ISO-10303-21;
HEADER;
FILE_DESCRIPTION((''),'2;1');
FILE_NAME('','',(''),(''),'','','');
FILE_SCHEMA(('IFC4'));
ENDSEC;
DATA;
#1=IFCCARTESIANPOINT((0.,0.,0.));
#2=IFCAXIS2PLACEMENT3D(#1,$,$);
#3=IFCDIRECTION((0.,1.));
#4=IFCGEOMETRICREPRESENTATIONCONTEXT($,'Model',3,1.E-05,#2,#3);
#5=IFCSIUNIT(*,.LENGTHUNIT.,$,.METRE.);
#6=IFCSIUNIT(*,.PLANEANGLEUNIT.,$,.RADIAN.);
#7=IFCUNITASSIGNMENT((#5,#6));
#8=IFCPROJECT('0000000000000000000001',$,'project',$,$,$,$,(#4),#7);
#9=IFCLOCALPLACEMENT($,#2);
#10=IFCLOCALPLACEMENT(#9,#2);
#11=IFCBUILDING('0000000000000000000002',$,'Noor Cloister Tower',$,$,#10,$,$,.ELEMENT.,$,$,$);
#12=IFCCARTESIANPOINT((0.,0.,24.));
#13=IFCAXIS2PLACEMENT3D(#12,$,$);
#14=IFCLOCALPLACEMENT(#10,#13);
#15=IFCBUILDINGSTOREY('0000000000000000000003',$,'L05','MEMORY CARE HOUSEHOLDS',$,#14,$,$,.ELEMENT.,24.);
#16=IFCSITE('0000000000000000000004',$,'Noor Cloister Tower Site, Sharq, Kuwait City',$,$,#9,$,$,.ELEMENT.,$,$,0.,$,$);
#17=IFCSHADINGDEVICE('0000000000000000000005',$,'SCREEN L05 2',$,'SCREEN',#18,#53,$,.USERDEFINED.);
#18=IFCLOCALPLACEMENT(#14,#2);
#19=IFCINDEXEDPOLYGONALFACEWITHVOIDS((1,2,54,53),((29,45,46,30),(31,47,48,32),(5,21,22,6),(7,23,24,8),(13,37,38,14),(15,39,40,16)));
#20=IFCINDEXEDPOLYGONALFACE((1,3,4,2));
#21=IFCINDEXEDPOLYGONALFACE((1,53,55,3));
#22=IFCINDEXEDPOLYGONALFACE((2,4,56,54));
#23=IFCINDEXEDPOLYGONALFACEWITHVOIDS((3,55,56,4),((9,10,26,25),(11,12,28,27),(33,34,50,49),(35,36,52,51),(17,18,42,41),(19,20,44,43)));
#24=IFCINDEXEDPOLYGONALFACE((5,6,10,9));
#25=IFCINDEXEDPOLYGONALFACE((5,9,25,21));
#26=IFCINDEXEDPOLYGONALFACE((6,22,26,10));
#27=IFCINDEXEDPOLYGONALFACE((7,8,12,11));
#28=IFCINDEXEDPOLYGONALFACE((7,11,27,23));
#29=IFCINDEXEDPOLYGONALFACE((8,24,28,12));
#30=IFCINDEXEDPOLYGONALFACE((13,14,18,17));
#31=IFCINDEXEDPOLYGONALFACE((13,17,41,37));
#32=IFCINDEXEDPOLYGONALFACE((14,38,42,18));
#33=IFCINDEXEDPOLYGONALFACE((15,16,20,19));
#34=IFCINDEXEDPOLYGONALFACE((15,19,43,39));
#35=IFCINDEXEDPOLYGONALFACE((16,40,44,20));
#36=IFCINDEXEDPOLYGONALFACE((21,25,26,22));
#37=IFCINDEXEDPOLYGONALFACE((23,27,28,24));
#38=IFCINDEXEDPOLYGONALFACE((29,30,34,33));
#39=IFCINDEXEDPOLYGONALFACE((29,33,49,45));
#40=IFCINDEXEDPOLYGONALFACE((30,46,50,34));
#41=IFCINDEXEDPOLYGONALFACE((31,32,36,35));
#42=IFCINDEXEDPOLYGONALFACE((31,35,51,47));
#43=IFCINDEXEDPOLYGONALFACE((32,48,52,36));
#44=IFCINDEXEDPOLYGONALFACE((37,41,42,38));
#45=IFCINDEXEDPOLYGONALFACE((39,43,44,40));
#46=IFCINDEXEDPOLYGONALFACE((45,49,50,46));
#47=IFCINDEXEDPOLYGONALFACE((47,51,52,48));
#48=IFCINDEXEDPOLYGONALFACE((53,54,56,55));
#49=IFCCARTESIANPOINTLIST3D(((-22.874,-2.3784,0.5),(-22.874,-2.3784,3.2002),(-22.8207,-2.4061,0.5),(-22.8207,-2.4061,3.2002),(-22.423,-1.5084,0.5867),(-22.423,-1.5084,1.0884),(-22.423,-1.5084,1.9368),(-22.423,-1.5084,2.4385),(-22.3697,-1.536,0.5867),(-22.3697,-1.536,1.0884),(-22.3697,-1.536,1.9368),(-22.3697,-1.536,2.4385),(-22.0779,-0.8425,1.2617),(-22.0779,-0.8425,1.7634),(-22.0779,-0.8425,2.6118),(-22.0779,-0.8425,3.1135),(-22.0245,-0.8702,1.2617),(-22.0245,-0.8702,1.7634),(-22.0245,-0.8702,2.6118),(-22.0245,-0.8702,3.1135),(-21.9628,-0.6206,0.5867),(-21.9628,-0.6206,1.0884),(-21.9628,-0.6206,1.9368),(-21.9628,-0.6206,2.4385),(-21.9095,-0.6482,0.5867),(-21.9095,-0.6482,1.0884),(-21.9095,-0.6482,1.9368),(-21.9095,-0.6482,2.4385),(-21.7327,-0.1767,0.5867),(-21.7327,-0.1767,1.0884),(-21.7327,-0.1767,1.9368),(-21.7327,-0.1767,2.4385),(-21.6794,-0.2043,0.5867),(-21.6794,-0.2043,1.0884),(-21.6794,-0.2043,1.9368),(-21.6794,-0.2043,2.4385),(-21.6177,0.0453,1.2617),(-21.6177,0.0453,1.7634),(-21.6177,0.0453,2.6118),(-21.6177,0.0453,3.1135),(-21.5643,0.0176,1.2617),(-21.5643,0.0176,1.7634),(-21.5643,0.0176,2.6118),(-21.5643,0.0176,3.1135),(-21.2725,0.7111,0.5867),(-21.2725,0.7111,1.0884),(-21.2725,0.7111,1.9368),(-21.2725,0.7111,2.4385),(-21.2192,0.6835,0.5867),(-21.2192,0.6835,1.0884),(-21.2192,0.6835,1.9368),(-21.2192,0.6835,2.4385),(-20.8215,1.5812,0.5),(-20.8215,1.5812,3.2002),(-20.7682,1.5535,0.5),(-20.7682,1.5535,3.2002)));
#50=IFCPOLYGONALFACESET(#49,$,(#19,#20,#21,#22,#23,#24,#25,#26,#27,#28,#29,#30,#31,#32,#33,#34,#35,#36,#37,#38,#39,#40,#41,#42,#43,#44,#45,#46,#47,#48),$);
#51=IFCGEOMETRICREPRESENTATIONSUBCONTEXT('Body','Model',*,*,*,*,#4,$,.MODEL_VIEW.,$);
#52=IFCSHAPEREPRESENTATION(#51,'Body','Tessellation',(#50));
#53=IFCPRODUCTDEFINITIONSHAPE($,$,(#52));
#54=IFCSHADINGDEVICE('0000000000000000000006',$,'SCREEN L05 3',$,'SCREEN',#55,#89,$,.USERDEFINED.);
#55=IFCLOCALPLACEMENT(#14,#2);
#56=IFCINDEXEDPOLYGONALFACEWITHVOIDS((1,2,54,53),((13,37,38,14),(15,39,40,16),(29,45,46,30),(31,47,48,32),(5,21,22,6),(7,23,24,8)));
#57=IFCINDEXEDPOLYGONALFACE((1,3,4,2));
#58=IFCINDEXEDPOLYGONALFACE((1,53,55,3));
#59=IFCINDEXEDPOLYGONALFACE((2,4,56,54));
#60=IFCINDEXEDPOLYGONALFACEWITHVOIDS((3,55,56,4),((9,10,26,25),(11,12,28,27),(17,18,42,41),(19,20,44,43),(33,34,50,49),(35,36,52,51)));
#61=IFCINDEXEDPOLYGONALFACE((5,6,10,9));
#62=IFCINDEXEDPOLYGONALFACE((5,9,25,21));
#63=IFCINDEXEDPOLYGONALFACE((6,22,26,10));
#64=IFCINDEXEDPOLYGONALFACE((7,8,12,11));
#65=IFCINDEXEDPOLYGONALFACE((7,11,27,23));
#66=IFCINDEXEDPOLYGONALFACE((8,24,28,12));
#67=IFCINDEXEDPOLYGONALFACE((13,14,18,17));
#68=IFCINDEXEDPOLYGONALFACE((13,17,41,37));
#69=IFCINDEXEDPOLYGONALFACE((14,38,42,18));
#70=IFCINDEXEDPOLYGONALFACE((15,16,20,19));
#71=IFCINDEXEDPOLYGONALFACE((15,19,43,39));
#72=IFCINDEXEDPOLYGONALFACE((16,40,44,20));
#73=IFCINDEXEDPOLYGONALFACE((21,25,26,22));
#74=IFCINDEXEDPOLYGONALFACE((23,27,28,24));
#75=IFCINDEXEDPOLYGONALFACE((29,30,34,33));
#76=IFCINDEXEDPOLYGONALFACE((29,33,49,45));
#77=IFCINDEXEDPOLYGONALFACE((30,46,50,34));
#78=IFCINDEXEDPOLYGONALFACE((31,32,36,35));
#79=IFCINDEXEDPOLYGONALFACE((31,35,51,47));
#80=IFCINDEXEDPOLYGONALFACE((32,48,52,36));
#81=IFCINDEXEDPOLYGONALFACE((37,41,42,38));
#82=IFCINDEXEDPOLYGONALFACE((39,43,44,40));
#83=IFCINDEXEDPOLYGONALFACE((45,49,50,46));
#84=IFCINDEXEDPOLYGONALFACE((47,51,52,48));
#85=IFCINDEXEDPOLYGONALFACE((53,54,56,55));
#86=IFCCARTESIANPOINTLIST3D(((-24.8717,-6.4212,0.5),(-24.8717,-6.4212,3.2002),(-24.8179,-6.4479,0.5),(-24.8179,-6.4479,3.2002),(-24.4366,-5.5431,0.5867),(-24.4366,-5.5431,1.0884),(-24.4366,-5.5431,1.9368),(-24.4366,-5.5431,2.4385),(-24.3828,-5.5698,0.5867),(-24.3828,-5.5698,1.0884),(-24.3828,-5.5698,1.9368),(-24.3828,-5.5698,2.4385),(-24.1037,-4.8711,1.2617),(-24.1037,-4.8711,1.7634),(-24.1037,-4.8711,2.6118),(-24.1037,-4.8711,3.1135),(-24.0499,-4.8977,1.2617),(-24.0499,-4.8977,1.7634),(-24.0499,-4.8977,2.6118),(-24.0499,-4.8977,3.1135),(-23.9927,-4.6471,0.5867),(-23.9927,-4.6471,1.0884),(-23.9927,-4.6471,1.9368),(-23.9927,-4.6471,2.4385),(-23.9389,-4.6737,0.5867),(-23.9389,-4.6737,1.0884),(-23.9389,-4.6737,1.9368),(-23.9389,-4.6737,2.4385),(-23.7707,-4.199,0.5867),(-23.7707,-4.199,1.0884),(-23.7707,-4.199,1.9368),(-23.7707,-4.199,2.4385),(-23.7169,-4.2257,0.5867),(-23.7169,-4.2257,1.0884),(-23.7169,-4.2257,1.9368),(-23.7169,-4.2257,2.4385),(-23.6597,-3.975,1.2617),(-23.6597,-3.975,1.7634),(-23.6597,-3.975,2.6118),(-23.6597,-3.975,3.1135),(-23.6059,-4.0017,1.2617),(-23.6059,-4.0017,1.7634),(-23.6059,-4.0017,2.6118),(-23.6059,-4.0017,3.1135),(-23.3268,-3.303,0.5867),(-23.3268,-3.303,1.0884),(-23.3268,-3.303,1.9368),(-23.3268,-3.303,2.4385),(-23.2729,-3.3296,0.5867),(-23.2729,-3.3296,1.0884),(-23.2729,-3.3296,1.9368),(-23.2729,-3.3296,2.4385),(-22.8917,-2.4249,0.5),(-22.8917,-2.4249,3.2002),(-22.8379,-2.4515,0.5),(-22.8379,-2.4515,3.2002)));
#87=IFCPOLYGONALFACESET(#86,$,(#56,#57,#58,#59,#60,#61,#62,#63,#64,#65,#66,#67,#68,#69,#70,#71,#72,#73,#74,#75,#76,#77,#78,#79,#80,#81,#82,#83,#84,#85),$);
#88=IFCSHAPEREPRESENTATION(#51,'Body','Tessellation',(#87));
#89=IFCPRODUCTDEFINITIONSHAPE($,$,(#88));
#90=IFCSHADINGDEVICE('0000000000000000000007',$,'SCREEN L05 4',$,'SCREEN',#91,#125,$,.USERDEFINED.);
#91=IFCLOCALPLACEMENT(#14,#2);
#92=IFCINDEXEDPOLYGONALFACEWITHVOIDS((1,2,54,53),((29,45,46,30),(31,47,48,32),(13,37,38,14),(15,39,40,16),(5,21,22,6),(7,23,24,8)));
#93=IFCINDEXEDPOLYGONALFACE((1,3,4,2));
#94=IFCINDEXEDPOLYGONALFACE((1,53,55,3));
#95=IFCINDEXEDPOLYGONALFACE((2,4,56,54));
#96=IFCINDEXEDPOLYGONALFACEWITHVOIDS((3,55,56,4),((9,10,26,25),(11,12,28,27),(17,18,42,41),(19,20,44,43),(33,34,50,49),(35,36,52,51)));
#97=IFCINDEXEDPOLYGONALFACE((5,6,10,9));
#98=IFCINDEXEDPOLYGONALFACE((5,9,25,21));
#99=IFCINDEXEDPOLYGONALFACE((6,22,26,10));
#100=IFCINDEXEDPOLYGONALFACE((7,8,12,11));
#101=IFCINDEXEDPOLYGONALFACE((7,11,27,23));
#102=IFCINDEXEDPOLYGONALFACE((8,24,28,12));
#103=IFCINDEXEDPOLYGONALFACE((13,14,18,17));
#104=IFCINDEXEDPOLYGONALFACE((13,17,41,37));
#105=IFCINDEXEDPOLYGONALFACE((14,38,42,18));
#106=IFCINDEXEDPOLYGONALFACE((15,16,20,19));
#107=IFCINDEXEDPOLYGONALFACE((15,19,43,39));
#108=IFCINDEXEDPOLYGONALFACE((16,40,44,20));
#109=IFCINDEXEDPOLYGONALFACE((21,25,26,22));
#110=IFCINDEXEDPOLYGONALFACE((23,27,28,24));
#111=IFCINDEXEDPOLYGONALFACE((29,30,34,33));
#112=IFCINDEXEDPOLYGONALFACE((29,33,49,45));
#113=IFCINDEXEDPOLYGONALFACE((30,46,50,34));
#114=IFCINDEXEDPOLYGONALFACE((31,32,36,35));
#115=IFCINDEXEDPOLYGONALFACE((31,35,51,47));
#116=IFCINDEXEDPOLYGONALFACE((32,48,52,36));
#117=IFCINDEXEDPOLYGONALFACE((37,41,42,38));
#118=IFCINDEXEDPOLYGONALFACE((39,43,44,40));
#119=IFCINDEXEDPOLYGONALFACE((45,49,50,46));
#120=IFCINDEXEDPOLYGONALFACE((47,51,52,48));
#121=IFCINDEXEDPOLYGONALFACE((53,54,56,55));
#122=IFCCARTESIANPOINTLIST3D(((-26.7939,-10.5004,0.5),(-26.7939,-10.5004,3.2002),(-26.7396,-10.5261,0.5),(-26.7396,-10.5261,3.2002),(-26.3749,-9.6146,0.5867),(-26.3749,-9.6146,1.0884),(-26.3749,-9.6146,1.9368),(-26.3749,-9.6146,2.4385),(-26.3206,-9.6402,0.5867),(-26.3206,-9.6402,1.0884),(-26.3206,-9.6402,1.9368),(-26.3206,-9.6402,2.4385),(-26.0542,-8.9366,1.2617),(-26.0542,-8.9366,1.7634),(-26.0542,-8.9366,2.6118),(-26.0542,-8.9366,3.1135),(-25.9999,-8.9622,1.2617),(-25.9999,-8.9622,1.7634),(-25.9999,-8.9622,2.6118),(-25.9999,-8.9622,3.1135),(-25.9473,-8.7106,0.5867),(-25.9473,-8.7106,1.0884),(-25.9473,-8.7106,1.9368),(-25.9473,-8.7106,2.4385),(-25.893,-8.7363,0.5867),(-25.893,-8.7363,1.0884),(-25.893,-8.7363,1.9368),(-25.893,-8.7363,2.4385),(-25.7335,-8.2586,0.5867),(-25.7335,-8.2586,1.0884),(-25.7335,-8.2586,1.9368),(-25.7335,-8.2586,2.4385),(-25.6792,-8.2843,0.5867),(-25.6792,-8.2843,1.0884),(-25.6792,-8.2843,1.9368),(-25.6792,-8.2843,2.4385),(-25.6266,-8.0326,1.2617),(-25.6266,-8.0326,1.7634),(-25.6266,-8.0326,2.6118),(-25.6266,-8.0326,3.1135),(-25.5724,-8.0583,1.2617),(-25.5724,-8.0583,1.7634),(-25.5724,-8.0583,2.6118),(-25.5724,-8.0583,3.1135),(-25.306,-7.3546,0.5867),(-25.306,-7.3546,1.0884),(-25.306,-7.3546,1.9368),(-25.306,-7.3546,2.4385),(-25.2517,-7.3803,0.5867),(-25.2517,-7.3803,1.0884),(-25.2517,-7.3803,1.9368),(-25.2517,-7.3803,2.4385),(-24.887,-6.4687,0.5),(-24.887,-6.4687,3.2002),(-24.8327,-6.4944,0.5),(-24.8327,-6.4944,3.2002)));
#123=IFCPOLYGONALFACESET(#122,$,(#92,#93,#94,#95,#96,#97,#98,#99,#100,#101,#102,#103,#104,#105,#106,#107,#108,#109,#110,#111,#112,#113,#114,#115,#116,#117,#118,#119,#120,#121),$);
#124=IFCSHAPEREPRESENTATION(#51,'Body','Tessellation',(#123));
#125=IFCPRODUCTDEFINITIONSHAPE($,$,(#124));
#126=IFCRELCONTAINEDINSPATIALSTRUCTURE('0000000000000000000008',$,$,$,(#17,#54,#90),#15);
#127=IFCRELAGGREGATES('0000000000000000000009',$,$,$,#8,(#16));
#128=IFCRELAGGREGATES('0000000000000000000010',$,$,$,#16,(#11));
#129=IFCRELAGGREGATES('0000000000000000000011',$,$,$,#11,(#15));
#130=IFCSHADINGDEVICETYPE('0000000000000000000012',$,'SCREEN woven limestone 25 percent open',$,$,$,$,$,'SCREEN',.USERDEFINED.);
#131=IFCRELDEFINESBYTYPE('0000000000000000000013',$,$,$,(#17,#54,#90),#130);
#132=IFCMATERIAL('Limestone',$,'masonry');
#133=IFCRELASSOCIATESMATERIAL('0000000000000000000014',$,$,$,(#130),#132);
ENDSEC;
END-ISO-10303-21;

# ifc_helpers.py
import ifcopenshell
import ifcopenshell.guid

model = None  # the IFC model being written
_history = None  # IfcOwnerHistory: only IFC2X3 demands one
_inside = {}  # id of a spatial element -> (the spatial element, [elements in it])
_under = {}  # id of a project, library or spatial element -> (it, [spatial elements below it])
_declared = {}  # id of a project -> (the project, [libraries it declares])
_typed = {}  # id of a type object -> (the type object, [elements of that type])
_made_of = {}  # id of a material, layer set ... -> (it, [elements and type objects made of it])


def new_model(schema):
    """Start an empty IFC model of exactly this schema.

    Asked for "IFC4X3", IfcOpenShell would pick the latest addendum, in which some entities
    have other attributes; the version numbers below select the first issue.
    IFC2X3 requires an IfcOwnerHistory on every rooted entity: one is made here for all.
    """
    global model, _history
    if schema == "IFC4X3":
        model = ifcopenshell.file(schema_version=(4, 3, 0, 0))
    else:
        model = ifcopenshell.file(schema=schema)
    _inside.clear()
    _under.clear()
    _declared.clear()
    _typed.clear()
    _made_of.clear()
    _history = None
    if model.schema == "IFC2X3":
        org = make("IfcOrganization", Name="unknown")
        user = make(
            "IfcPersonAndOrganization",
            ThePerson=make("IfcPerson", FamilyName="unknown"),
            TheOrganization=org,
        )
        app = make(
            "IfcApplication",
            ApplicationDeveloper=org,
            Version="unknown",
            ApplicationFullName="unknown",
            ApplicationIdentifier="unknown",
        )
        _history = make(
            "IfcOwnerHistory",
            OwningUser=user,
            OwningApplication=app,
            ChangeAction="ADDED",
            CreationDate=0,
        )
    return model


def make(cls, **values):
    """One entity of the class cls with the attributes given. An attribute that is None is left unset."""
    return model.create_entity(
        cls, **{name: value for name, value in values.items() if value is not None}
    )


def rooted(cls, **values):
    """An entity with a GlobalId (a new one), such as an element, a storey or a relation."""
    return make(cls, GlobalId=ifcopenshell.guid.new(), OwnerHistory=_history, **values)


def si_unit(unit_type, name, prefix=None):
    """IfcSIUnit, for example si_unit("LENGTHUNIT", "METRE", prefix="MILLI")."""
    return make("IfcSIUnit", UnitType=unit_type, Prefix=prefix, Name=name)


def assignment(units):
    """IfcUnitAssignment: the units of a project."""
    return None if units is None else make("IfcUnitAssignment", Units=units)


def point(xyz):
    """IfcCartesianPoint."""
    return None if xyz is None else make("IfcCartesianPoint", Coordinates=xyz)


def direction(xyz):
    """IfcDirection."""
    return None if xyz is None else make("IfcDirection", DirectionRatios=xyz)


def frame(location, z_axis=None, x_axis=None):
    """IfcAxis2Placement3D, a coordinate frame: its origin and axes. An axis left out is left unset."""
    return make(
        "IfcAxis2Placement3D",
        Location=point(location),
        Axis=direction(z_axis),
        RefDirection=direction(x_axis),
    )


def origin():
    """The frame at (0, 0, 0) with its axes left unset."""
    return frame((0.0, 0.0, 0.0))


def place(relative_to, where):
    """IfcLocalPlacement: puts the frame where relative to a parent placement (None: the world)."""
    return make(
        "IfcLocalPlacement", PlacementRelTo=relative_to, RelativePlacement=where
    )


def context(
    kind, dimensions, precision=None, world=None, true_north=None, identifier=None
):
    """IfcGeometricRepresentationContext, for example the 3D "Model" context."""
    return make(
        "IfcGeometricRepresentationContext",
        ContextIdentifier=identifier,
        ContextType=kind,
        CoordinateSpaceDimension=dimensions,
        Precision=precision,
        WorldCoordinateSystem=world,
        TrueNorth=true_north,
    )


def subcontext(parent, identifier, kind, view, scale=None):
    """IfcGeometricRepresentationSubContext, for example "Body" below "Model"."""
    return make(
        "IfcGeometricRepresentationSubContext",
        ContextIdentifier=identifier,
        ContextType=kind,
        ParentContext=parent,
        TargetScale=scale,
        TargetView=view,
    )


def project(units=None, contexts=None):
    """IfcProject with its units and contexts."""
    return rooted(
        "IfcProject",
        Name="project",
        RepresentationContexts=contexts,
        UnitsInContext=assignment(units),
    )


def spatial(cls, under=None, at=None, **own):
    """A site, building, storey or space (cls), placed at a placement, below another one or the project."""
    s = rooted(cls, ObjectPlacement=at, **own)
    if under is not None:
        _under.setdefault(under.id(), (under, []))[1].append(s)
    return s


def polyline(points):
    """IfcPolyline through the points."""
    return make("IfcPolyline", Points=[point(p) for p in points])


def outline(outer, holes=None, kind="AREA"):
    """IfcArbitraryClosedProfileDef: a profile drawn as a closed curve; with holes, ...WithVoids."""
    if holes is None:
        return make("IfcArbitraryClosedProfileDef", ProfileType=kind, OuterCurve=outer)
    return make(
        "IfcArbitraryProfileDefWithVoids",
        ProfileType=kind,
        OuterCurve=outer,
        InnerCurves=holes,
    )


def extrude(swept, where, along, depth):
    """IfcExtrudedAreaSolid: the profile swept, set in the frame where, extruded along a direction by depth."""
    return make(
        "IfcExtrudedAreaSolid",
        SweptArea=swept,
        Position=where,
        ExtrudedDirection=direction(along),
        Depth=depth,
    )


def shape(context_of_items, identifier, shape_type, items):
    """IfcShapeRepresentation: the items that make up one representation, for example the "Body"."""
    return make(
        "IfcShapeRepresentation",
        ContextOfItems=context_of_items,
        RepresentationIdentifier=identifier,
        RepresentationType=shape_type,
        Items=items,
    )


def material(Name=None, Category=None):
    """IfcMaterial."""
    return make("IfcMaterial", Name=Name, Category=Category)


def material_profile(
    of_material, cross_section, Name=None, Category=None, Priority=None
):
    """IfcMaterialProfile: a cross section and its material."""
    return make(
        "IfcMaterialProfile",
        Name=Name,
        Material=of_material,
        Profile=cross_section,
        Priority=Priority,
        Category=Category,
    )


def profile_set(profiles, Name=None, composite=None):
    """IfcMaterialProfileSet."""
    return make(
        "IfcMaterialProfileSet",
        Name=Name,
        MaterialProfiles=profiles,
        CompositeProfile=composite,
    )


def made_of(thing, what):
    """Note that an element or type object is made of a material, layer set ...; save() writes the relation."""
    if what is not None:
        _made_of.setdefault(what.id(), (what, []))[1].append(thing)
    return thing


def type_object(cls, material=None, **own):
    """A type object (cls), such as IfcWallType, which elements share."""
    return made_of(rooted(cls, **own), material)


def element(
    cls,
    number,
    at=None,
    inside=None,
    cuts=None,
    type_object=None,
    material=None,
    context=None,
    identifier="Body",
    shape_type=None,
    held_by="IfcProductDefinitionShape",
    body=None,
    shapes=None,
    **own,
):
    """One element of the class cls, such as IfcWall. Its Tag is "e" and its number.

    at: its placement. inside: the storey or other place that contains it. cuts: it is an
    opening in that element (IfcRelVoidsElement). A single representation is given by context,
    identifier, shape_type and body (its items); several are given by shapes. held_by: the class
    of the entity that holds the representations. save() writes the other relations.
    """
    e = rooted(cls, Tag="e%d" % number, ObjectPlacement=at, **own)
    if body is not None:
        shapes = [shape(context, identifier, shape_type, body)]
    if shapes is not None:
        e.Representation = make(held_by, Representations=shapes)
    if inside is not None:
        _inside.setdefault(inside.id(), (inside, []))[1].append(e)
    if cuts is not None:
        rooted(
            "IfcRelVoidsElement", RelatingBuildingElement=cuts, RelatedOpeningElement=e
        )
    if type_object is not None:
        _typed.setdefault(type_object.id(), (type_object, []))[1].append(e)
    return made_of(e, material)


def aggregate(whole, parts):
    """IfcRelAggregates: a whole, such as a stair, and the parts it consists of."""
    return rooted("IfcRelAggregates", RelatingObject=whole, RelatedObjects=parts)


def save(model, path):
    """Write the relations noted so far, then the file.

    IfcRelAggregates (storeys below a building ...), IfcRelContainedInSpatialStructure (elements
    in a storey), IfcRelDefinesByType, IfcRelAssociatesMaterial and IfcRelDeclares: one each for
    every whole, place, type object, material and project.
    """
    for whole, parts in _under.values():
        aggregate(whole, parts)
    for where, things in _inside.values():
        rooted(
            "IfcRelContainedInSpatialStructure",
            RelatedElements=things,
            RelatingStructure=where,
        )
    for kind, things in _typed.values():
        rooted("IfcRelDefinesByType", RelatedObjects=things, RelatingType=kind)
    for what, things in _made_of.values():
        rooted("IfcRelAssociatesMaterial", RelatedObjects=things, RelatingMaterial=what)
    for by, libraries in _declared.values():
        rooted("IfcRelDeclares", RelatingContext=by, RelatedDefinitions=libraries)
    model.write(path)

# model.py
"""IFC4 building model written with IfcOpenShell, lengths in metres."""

from ifc_helpers import new_model, si_unit, direction, frame, origin, place, context, subcontext, project, spatial, polyline, outline, extrude, material, material_profile, profile_set, type_object, element, save


model = new_model("IFC4")

# Units and contexts
model_context = context("Model", 3, precision=1e-05, world=origin(), true_north=direction((0.0, 1.0)))
body_context = subcontext(model_context, "Body", "Model", "MODEL_VIEW")
ifc_project = project(units=[si_unit("LENGTHUNIT", "METRE"), si_unit("PLANEANGLEUNIT", "RADIAN")], contexts=[model_context])

# Site, building, storey
site_placement = place(None, origin())
site = spatial("IfcSite", under=ifc_project, at=site_placement, Name="Noor Cloister Tower Site, Sharq, Kuwait City", CompositionType="ELEMENT", RefElevation=0.0)
building_placement = place(site_placement, origin())
building = spatial("IfcBuilding", under=site, at=building_placement, Name="Noor Cloister Tower", CompositionType="ELEMENT")
storey_placement = place(building_placement, frame((0.0, 0.0, 24.0)))
storey = spatial("IfcBuildingStorey", under=building, at=storey_placement, Name="L05", Description="MEMORY CARE HOUSEHOLDS", CompositionType="ELEMENT", Elevation=24.0)

# Shading devices
ifc_material_1 = material(Name="Limestone", Category="masonry")
ifc_material_profile_1 = material_profile(ifc_material_1, outline(polyline([(-2.23, -1.3501), (2.23, -1.3501), (2.23, 1.3501), (-2.23, 1.3501), (-2.23, -1.3501)]), holes=[polyline([(-1.25, -1.2634), (-0.25, -1.2634), (-0.25, -0.7617), (-1.25, -0.7617), (-1.25, -1.2634)]), polyline([(0.25, -1.2634), (1.25, -1.2634), (1.25, -0.7617), (0.25, -0.7617), (0.25, -1.2634)]), polyline([(-0.5, -0.5884), (0.5, -0.5884), (0.5, -0.0867), (-0.5, -0.0867), (-0.5, -0.5884)]), polyline([(-1.25, 0.0867), (-0.25, 0.0867), (-0.25, 0.5884), (-1.25, 0.5884), (-1.25, 0.0867)]), polyline([(0.25, 0.0867), (1.25, 0.0867), (1.25, 0.5884), (0.25, 0.5884), (0.25, 0.0867)]), polyline([(-0.5, 0.7617), (0.5, 0.7617), (0.5, 1.2634), (-0.5, 1.2634), (-0.5, 0.7617)])]), Name="Woven screen 25 percent open")
ifc_profile_set_1 = profile_set([ifc_material_profile_1], Name="Limestone")
shading_device_type = type_object("IfcShadingDeviceType", Name="SCREEN woven limestone 25 percent open", ElementType="SCREEN", PredefinedType="USERDEFINED", material=ifc_profile_set_1)
for number, where, z_axis, x_axis, name in (
    (1, (-21.7944, -0.4263, 1.8501), (-0.887816, 0.460198, 0.0), (-0.460198, -0.887816, 0.0), "SCREEN L05 2"),
    (2, (-23.8279, -4.4497, 1.8501), (-0.89605, 0.443952, 0.0), (-0.443952, -0.89605, 0.0), "SCREEN L05 3"),
    (3, (-25.7861, -8.5103, 1.8501), (-0.903986, 0.427561, 0.0), (-0.427561, -0.903986, 0.0), "SCREEN L05 4"),
):
    element("IfcShadingDevice", number, at=place(storey_placement, frame(where, z_axis=z_axis, x_axis=x_axis)), inside=storey, type_object=shading_device_type, Name=name, ObjectType="SCREEN", PredefinedType="USERDEFINED", context=body_context, shape_type="SweptSolid", body=[
        extrude(outline(polyline([(-2.23, -1.3501), (2.23, -1.3501), (2.23, 1.3501), (-2.23, 1.3501), (-2.23, -1.3501)]), holes=[polyline([(-1.25, -1.2634), (-0.25, -1.2634), (-0.25, -0.7617), (-1.25, -0.7617), (-1.25, -1.2634)]), polyline([(0.25, -1.2634), (1.25, -1.2634), (1.25, -0.7617), (0.25, -0.7617), (0.25, -1.2634)]), polyline([(-0.5, -0.5884), (0.5, -0.5884), (0.5, -0.0867), (-0.5, -0.0867), (-0.5, -0.5884)]), polyline([(-1.25, 0.0867), (-0.25, 0.0867), (-0.25, 0.5884), (-1.25, 0.5884), (-1.25, 0.0867)]), polyline([(0.25, 0.0867), (1.25, 0.0867), (1.25, 0.5884), (0.25, 0.5884), (0.25, 0.0867)]), polyline([(-0.5, 0.7617), (0.5, 0.7617), (0.5, 1.2634), (-0.5, 1.2634), (-0.5, 0.7617)])]), origin(), (0.0, 0.0, 1.0), 0.0601),
    ])

save(model, "model.ifc")
